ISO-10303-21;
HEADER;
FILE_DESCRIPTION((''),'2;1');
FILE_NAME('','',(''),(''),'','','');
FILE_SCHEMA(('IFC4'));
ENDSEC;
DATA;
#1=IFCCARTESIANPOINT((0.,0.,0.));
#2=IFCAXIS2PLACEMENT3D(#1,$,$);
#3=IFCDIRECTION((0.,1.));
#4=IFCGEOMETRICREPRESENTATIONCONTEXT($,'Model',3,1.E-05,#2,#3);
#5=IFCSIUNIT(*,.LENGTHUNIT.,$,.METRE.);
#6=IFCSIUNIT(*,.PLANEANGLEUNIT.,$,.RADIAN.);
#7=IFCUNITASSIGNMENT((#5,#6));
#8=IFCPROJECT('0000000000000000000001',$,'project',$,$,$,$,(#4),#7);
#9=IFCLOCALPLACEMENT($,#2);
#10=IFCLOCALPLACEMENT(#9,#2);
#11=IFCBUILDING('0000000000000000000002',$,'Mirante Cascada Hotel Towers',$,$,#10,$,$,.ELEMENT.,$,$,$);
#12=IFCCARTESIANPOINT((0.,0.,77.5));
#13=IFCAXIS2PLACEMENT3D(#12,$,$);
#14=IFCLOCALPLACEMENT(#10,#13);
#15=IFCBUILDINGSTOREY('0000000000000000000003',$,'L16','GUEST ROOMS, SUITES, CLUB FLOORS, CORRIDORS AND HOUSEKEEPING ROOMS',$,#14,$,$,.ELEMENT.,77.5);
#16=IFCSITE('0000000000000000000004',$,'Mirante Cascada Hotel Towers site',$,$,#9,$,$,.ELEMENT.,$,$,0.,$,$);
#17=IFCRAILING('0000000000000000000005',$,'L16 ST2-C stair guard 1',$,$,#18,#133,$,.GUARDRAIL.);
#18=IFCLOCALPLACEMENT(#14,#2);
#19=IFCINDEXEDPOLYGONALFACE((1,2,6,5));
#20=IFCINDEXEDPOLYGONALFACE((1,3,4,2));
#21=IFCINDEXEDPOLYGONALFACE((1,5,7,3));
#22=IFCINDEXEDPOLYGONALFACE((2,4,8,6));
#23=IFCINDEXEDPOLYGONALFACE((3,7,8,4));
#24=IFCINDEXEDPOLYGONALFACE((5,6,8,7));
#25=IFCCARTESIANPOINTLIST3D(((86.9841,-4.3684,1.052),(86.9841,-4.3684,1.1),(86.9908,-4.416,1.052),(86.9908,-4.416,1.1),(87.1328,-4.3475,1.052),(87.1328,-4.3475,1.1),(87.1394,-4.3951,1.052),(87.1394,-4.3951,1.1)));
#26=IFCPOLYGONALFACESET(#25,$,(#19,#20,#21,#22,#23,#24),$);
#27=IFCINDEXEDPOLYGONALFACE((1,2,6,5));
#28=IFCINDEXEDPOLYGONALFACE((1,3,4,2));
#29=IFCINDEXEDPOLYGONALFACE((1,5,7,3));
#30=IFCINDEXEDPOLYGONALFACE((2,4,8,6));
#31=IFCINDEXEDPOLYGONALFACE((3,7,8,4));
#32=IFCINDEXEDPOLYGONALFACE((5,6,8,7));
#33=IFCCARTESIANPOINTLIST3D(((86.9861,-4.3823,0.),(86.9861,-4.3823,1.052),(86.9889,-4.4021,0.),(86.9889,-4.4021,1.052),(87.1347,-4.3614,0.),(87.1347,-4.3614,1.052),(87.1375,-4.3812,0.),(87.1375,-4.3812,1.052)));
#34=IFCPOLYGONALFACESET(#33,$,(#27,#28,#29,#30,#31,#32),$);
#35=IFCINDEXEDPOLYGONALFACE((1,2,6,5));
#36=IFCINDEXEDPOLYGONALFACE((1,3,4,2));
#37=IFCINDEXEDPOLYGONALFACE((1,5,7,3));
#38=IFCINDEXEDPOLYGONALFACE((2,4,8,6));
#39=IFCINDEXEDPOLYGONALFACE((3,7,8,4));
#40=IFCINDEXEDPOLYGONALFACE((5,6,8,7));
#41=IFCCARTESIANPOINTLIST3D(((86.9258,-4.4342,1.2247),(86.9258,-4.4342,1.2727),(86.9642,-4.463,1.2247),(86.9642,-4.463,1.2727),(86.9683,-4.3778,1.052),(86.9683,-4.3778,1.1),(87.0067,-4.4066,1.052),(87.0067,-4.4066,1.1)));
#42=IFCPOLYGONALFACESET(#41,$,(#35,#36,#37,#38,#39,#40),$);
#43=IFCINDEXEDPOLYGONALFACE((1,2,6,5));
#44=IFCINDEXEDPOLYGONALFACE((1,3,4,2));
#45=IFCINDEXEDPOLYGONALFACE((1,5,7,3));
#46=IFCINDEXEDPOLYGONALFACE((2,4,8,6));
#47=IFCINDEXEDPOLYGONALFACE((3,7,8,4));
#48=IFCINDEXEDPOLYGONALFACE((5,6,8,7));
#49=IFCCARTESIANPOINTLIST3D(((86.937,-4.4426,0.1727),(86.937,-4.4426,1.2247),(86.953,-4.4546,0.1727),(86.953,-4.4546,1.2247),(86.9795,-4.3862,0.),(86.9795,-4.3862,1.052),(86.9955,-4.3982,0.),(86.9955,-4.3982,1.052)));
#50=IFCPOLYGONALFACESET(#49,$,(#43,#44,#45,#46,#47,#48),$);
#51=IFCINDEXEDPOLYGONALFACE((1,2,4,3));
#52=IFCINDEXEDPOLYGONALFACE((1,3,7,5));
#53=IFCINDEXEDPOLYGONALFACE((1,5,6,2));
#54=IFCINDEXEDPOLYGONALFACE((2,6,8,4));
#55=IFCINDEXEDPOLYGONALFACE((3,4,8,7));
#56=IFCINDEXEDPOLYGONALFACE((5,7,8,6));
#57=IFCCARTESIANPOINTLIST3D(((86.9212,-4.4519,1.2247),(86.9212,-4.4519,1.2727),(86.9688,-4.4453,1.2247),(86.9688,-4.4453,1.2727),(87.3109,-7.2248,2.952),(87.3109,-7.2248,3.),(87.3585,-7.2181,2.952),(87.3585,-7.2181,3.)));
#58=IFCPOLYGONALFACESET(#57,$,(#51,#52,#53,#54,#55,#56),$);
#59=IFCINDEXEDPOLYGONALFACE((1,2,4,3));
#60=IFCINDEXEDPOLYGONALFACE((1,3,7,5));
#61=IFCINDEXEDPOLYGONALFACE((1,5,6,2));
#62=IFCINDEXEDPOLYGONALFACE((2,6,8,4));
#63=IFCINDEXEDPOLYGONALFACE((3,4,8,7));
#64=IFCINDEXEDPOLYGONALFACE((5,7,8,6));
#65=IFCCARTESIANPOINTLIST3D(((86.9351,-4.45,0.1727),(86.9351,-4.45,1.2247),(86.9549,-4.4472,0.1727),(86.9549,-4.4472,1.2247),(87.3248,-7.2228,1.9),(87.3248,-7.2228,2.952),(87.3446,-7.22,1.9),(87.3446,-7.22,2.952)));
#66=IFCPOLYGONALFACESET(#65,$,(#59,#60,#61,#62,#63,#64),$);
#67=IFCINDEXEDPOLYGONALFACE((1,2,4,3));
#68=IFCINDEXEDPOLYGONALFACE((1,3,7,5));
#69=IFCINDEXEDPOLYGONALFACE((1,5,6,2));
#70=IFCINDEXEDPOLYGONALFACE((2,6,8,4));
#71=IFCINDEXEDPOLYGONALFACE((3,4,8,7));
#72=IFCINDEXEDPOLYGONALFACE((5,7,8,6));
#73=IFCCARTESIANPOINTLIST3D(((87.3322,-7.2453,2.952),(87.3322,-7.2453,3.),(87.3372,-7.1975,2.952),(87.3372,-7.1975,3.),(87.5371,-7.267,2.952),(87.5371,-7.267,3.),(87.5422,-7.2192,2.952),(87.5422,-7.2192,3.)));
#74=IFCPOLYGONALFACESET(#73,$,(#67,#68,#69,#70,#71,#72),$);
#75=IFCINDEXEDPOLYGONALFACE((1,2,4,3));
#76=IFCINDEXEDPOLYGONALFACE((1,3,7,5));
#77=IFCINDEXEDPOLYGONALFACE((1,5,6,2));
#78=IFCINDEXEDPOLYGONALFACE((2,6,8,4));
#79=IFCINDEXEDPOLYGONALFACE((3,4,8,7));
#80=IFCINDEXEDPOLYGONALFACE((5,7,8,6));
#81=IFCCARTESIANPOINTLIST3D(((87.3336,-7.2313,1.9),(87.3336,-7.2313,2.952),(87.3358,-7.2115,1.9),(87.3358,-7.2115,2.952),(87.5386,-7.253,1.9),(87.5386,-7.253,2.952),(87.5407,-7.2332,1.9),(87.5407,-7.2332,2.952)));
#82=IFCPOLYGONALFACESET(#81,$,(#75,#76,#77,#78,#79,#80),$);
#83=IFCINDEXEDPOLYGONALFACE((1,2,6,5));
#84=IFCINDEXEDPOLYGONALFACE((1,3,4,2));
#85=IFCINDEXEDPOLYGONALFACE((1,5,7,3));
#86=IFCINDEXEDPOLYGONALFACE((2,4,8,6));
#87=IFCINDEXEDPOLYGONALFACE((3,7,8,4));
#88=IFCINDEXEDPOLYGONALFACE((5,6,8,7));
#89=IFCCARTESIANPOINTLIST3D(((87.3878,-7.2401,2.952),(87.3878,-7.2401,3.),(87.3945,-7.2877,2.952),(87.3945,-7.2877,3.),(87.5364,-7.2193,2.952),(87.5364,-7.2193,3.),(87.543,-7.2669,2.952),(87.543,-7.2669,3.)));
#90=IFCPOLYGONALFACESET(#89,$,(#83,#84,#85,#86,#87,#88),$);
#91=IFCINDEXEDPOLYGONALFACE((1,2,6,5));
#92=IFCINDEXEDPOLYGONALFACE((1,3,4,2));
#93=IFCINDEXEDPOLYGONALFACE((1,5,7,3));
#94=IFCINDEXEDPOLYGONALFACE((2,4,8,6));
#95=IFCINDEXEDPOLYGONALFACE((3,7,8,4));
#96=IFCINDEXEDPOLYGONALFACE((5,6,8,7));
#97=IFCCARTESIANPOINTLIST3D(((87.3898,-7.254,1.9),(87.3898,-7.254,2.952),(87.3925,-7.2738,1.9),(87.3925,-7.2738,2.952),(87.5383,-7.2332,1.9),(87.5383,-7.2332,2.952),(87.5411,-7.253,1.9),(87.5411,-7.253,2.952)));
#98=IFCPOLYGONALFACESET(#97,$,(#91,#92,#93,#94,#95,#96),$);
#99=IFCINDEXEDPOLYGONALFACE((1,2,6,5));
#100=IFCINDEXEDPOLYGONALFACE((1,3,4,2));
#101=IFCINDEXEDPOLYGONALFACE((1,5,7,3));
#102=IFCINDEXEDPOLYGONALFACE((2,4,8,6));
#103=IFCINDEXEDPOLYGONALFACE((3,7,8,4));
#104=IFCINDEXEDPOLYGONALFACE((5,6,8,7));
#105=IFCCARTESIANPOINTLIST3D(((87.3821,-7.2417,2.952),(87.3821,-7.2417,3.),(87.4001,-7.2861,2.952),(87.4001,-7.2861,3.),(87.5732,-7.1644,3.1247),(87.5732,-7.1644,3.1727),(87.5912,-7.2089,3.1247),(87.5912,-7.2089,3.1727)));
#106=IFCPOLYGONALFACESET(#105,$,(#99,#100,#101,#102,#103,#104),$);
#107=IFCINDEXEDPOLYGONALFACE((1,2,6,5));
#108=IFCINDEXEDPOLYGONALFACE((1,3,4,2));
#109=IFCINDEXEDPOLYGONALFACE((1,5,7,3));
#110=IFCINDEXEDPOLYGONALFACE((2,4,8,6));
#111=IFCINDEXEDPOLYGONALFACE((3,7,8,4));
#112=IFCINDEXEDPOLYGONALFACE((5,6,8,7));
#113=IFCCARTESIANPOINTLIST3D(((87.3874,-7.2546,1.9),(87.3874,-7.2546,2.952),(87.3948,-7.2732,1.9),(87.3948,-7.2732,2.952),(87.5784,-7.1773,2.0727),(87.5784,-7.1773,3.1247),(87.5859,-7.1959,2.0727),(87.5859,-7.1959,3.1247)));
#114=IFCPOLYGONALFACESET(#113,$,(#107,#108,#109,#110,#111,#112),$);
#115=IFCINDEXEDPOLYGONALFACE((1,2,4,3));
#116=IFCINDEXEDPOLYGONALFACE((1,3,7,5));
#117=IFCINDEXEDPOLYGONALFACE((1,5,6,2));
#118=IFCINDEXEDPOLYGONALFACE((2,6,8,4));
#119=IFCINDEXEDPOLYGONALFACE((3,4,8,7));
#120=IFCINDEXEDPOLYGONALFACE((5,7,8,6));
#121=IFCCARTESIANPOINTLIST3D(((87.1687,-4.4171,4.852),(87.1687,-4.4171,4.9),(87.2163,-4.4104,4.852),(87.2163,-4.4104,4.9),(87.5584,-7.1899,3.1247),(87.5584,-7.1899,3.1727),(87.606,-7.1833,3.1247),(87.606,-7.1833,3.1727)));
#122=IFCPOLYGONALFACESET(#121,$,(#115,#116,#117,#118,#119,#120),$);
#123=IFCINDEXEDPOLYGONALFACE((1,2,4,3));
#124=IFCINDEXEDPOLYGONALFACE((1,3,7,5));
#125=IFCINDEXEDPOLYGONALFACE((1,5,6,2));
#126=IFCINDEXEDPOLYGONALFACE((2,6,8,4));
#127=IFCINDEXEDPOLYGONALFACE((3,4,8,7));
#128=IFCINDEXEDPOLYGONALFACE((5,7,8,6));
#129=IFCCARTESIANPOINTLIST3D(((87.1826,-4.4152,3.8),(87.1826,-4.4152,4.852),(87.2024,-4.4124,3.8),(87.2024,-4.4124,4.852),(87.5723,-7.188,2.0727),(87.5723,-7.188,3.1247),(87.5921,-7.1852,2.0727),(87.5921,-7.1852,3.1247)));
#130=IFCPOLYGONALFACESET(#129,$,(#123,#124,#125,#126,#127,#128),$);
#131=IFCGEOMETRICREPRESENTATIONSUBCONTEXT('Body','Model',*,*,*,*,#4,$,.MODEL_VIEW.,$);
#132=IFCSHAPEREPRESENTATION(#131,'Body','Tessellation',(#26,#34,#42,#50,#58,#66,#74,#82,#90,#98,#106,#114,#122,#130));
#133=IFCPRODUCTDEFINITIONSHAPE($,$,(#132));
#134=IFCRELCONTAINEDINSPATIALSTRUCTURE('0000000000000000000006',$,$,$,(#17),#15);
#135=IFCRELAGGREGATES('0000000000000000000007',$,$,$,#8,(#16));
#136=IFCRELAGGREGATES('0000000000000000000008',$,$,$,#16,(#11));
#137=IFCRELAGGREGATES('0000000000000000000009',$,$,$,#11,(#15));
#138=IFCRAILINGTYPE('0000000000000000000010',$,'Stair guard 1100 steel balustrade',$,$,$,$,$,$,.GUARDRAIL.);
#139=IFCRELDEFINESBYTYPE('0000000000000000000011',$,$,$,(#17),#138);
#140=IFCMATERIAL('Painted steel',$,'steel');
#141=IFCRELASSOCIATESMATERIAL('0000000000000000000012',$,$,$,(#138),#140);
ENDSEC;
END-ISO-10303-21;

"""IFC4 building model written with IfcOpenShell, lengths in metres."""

from ifc_helpers import new_model, si_unit, direction, frame, origin, origin_2d, place, context, subcontext, project, spatial, rectangle, extrude, material, type_object, element, save


model = new_model("IFC4")

# Units and contexts
model_context = context("Model", 3, precision=1e-05, world=origin(), true_north=direction((0.0, 1.0)))
body_context = subcontext(model_context, "Body", "Model", "MODEL_VIEW")
ifc_project = project(units=[si_unit("LENGTHUNIT", "METRE"), si_unit("PLANEANGLEUNIT", "RADIAN")], contexts=[model_context])

# Site, building, storey
site_placement = place(None, origin())
site = spatial("IfcSite", under=ifc_project, at=site_placement, Name="Mirante Cascada Hotel Towers site", CompositionType="ELEMENT", RefElevation=0.0)
building_placement = place(site_placement, origin())
building = spatial("IfcBuilding", under=site, at=building_placement, Name="Mirante Cascada Hotel Towers", CompositionType="ELEMENT")
storey_placement = place(building_placement, frame((0.0, 0.0, 77.5)))
storey = spatial("IfcBuildingStorey", under=building, at=storey_placement, Name="L16", Description="GUEST ROOMS, SUITES, CLUB FLOORS, CORRIDORS AND HOUSEKEEPING ROOMS", CompositionType="ELEMENT", Elevation=77.5)

# Railing
ifc_material_1 = material(Name="Painted steel", Category="steel")
railing_type = type_object("IfcRailingType", Name="Stair guard 1100 steel balustrade", PredefinedType="GUARDRAIL", material=ifc_material_1)
railing_placement = place(storey_placement, frame((87.1361, -4.3713, 0.0)))
element("IfcRailing", 1, at=railing_placement, inside=storey, type_object=railing_type, Name="L16 ST2-C stair guard 1", PredefinedType="GUARDRAIL", context=body_context, shape_type="SweptSolid", body=[
    extrude(rectangle(XDim=0.048, YDim=0.048, at=origin_2d()), frame((0.0, 0.0, 1.076), z_axis=(-0.990254, -0.139275, 0.0), x_axis=(0.139275, -0.990254, 0.0)), (0.0, 0.0, 1.0), 0.1501),
    extrude(rectangle(XDim=0.02, YDim=1.052, at=origin_2d()), frame((0.0, 0.0, 0.526), z_axis=(-0.990254, -0.139275, 0.0), x_axis=(0.139275, -0.990254, 0.0)), (0.0, 0.0, 1.0), 0.1501),
    extrude(rectangle(XDim=0.048, YDim=0.048, at=origin_2d()), frame((-0.1486, -0.0209, 1.076), z_axis=(-0.601811, -0.798639, 0.0), x_axis=(0.798639, -0.601811, 0.0)), (0.0, 0.925603, 0.378496), 0.1866),
    extrude(rectangle(XDim=0.02, YDim=1.052, at=origin_2d()), frame((-0.1486, -0.0209, 0.526), z_axis=(-0.601811, -0.798639, 0.0), x_axis=(0.798639, -0.601811, 0.0)), (0.0, 0.925603, 0.378496), 0.1866),
    extrude(rectangle(XDim=0.048, YDim=0.048, at=origin_2d()), frame((-0.1911, -0.0773, 1.2487), z_axis=(0.139176, -0.990268, 0.0), x_axis=(0.990268, 0.139176, 0.0)), (0.0, 0.525021, 0.851089), 3.29),
    extrude(rectangle(XDim=0.02, YDim=1.052, at=origin_2d()), frame((-0.1911, -0.0773, 0.6987), z_axis=(0.139176, -0.990268, 0.0), x_axis=(0.990268, 0.139176, 0.0)), (0.0, 0.525021, 0.851089), 3.29),
    extrude(rectangle(XDim=0.048, YDim=0.048, at=origin_2d()), frame((0.1986, -2.8501, 2.976), z_axis=(0.994444, -0.105266, 0.0), x_axis=(0.105266, 0.994444, 0.0)), (0.0, 0.0, 1.0), 0.2061),
    extrude(rectangle(XDim=0.02, YDim=1.052, at=origin_2d()), frame((0.1986, -2.8501, 2.426), z_axis=(0.994444, -0.105266, 0.0), x_axis=(0.105266, 0.994444, 0.0)), (0.0, 0.0, 1.0), 0.2061),
    extrude(rectangle(XDim=0.048, YDim=0.048, at=origin_2d()), frame((0.4036, -2.8718, 2.976), z_axis=(-0.990345, -0.138622, 0.0), x_axis=(0.138622, -0.990345, 0.0)), (0.0, 0.0, 1.0), 0.15),
    extrude(rectangle(XDim=0.02, YDim=1.052, at=origin_2d()), frame((0.4036, -2.8718, 2.426), z_axis=(-0.990345, -0.138622, 0.0), x_axis=(0.138622, -0.990345, 0.0)), (0.0, 0.0, 1.0), 0.15),
    extrude(rectangle(XDim=0.048, YDim=0.048, at=origin_2d()), frame((0.255, -2.8926, 2.976), z_axis=(0.927031, 0.374984, 0.0), x_axis=(-0.374984, 0.927031, 0.0)), (0.0, 0.64219, 0.766545), 0.2689),
    extrude(rectangle(XDim=0.02, YDim=1.052, at=origin_2d()), frame((0.255, -2.8926, 2.426), z_axis=(0.927031, 0.374984, 0.0), x_axis=(-0.374984, 0.927031, 0.0)), (0.0, 0.64219, 0.766545), 0.2689),
    extrude(rectangle(XDim=0.048, YDim=0.048, at=origin_2d()), frame((0.4461, -2.8153, 3.1487), z_axis=(-0.139176, 0.990268, 0.0), x_axis=(-0.990268, -0.139176, 0.0)), (0.0, 0.525021, 0.851089), 3.29),
    extrude(rectangle(XDim=0.02, YDim=1.052, at=origin_2d()), frame((0.4461, -2.8153, 2.5987), z_axis=(-0.139176, 0.990268, 0.0), x_axis=(-0.990268, -0.139176, 0.0)), (0.0, 0.525021, 0.851089), 3.29),
])

save(model, "model.ifc")
